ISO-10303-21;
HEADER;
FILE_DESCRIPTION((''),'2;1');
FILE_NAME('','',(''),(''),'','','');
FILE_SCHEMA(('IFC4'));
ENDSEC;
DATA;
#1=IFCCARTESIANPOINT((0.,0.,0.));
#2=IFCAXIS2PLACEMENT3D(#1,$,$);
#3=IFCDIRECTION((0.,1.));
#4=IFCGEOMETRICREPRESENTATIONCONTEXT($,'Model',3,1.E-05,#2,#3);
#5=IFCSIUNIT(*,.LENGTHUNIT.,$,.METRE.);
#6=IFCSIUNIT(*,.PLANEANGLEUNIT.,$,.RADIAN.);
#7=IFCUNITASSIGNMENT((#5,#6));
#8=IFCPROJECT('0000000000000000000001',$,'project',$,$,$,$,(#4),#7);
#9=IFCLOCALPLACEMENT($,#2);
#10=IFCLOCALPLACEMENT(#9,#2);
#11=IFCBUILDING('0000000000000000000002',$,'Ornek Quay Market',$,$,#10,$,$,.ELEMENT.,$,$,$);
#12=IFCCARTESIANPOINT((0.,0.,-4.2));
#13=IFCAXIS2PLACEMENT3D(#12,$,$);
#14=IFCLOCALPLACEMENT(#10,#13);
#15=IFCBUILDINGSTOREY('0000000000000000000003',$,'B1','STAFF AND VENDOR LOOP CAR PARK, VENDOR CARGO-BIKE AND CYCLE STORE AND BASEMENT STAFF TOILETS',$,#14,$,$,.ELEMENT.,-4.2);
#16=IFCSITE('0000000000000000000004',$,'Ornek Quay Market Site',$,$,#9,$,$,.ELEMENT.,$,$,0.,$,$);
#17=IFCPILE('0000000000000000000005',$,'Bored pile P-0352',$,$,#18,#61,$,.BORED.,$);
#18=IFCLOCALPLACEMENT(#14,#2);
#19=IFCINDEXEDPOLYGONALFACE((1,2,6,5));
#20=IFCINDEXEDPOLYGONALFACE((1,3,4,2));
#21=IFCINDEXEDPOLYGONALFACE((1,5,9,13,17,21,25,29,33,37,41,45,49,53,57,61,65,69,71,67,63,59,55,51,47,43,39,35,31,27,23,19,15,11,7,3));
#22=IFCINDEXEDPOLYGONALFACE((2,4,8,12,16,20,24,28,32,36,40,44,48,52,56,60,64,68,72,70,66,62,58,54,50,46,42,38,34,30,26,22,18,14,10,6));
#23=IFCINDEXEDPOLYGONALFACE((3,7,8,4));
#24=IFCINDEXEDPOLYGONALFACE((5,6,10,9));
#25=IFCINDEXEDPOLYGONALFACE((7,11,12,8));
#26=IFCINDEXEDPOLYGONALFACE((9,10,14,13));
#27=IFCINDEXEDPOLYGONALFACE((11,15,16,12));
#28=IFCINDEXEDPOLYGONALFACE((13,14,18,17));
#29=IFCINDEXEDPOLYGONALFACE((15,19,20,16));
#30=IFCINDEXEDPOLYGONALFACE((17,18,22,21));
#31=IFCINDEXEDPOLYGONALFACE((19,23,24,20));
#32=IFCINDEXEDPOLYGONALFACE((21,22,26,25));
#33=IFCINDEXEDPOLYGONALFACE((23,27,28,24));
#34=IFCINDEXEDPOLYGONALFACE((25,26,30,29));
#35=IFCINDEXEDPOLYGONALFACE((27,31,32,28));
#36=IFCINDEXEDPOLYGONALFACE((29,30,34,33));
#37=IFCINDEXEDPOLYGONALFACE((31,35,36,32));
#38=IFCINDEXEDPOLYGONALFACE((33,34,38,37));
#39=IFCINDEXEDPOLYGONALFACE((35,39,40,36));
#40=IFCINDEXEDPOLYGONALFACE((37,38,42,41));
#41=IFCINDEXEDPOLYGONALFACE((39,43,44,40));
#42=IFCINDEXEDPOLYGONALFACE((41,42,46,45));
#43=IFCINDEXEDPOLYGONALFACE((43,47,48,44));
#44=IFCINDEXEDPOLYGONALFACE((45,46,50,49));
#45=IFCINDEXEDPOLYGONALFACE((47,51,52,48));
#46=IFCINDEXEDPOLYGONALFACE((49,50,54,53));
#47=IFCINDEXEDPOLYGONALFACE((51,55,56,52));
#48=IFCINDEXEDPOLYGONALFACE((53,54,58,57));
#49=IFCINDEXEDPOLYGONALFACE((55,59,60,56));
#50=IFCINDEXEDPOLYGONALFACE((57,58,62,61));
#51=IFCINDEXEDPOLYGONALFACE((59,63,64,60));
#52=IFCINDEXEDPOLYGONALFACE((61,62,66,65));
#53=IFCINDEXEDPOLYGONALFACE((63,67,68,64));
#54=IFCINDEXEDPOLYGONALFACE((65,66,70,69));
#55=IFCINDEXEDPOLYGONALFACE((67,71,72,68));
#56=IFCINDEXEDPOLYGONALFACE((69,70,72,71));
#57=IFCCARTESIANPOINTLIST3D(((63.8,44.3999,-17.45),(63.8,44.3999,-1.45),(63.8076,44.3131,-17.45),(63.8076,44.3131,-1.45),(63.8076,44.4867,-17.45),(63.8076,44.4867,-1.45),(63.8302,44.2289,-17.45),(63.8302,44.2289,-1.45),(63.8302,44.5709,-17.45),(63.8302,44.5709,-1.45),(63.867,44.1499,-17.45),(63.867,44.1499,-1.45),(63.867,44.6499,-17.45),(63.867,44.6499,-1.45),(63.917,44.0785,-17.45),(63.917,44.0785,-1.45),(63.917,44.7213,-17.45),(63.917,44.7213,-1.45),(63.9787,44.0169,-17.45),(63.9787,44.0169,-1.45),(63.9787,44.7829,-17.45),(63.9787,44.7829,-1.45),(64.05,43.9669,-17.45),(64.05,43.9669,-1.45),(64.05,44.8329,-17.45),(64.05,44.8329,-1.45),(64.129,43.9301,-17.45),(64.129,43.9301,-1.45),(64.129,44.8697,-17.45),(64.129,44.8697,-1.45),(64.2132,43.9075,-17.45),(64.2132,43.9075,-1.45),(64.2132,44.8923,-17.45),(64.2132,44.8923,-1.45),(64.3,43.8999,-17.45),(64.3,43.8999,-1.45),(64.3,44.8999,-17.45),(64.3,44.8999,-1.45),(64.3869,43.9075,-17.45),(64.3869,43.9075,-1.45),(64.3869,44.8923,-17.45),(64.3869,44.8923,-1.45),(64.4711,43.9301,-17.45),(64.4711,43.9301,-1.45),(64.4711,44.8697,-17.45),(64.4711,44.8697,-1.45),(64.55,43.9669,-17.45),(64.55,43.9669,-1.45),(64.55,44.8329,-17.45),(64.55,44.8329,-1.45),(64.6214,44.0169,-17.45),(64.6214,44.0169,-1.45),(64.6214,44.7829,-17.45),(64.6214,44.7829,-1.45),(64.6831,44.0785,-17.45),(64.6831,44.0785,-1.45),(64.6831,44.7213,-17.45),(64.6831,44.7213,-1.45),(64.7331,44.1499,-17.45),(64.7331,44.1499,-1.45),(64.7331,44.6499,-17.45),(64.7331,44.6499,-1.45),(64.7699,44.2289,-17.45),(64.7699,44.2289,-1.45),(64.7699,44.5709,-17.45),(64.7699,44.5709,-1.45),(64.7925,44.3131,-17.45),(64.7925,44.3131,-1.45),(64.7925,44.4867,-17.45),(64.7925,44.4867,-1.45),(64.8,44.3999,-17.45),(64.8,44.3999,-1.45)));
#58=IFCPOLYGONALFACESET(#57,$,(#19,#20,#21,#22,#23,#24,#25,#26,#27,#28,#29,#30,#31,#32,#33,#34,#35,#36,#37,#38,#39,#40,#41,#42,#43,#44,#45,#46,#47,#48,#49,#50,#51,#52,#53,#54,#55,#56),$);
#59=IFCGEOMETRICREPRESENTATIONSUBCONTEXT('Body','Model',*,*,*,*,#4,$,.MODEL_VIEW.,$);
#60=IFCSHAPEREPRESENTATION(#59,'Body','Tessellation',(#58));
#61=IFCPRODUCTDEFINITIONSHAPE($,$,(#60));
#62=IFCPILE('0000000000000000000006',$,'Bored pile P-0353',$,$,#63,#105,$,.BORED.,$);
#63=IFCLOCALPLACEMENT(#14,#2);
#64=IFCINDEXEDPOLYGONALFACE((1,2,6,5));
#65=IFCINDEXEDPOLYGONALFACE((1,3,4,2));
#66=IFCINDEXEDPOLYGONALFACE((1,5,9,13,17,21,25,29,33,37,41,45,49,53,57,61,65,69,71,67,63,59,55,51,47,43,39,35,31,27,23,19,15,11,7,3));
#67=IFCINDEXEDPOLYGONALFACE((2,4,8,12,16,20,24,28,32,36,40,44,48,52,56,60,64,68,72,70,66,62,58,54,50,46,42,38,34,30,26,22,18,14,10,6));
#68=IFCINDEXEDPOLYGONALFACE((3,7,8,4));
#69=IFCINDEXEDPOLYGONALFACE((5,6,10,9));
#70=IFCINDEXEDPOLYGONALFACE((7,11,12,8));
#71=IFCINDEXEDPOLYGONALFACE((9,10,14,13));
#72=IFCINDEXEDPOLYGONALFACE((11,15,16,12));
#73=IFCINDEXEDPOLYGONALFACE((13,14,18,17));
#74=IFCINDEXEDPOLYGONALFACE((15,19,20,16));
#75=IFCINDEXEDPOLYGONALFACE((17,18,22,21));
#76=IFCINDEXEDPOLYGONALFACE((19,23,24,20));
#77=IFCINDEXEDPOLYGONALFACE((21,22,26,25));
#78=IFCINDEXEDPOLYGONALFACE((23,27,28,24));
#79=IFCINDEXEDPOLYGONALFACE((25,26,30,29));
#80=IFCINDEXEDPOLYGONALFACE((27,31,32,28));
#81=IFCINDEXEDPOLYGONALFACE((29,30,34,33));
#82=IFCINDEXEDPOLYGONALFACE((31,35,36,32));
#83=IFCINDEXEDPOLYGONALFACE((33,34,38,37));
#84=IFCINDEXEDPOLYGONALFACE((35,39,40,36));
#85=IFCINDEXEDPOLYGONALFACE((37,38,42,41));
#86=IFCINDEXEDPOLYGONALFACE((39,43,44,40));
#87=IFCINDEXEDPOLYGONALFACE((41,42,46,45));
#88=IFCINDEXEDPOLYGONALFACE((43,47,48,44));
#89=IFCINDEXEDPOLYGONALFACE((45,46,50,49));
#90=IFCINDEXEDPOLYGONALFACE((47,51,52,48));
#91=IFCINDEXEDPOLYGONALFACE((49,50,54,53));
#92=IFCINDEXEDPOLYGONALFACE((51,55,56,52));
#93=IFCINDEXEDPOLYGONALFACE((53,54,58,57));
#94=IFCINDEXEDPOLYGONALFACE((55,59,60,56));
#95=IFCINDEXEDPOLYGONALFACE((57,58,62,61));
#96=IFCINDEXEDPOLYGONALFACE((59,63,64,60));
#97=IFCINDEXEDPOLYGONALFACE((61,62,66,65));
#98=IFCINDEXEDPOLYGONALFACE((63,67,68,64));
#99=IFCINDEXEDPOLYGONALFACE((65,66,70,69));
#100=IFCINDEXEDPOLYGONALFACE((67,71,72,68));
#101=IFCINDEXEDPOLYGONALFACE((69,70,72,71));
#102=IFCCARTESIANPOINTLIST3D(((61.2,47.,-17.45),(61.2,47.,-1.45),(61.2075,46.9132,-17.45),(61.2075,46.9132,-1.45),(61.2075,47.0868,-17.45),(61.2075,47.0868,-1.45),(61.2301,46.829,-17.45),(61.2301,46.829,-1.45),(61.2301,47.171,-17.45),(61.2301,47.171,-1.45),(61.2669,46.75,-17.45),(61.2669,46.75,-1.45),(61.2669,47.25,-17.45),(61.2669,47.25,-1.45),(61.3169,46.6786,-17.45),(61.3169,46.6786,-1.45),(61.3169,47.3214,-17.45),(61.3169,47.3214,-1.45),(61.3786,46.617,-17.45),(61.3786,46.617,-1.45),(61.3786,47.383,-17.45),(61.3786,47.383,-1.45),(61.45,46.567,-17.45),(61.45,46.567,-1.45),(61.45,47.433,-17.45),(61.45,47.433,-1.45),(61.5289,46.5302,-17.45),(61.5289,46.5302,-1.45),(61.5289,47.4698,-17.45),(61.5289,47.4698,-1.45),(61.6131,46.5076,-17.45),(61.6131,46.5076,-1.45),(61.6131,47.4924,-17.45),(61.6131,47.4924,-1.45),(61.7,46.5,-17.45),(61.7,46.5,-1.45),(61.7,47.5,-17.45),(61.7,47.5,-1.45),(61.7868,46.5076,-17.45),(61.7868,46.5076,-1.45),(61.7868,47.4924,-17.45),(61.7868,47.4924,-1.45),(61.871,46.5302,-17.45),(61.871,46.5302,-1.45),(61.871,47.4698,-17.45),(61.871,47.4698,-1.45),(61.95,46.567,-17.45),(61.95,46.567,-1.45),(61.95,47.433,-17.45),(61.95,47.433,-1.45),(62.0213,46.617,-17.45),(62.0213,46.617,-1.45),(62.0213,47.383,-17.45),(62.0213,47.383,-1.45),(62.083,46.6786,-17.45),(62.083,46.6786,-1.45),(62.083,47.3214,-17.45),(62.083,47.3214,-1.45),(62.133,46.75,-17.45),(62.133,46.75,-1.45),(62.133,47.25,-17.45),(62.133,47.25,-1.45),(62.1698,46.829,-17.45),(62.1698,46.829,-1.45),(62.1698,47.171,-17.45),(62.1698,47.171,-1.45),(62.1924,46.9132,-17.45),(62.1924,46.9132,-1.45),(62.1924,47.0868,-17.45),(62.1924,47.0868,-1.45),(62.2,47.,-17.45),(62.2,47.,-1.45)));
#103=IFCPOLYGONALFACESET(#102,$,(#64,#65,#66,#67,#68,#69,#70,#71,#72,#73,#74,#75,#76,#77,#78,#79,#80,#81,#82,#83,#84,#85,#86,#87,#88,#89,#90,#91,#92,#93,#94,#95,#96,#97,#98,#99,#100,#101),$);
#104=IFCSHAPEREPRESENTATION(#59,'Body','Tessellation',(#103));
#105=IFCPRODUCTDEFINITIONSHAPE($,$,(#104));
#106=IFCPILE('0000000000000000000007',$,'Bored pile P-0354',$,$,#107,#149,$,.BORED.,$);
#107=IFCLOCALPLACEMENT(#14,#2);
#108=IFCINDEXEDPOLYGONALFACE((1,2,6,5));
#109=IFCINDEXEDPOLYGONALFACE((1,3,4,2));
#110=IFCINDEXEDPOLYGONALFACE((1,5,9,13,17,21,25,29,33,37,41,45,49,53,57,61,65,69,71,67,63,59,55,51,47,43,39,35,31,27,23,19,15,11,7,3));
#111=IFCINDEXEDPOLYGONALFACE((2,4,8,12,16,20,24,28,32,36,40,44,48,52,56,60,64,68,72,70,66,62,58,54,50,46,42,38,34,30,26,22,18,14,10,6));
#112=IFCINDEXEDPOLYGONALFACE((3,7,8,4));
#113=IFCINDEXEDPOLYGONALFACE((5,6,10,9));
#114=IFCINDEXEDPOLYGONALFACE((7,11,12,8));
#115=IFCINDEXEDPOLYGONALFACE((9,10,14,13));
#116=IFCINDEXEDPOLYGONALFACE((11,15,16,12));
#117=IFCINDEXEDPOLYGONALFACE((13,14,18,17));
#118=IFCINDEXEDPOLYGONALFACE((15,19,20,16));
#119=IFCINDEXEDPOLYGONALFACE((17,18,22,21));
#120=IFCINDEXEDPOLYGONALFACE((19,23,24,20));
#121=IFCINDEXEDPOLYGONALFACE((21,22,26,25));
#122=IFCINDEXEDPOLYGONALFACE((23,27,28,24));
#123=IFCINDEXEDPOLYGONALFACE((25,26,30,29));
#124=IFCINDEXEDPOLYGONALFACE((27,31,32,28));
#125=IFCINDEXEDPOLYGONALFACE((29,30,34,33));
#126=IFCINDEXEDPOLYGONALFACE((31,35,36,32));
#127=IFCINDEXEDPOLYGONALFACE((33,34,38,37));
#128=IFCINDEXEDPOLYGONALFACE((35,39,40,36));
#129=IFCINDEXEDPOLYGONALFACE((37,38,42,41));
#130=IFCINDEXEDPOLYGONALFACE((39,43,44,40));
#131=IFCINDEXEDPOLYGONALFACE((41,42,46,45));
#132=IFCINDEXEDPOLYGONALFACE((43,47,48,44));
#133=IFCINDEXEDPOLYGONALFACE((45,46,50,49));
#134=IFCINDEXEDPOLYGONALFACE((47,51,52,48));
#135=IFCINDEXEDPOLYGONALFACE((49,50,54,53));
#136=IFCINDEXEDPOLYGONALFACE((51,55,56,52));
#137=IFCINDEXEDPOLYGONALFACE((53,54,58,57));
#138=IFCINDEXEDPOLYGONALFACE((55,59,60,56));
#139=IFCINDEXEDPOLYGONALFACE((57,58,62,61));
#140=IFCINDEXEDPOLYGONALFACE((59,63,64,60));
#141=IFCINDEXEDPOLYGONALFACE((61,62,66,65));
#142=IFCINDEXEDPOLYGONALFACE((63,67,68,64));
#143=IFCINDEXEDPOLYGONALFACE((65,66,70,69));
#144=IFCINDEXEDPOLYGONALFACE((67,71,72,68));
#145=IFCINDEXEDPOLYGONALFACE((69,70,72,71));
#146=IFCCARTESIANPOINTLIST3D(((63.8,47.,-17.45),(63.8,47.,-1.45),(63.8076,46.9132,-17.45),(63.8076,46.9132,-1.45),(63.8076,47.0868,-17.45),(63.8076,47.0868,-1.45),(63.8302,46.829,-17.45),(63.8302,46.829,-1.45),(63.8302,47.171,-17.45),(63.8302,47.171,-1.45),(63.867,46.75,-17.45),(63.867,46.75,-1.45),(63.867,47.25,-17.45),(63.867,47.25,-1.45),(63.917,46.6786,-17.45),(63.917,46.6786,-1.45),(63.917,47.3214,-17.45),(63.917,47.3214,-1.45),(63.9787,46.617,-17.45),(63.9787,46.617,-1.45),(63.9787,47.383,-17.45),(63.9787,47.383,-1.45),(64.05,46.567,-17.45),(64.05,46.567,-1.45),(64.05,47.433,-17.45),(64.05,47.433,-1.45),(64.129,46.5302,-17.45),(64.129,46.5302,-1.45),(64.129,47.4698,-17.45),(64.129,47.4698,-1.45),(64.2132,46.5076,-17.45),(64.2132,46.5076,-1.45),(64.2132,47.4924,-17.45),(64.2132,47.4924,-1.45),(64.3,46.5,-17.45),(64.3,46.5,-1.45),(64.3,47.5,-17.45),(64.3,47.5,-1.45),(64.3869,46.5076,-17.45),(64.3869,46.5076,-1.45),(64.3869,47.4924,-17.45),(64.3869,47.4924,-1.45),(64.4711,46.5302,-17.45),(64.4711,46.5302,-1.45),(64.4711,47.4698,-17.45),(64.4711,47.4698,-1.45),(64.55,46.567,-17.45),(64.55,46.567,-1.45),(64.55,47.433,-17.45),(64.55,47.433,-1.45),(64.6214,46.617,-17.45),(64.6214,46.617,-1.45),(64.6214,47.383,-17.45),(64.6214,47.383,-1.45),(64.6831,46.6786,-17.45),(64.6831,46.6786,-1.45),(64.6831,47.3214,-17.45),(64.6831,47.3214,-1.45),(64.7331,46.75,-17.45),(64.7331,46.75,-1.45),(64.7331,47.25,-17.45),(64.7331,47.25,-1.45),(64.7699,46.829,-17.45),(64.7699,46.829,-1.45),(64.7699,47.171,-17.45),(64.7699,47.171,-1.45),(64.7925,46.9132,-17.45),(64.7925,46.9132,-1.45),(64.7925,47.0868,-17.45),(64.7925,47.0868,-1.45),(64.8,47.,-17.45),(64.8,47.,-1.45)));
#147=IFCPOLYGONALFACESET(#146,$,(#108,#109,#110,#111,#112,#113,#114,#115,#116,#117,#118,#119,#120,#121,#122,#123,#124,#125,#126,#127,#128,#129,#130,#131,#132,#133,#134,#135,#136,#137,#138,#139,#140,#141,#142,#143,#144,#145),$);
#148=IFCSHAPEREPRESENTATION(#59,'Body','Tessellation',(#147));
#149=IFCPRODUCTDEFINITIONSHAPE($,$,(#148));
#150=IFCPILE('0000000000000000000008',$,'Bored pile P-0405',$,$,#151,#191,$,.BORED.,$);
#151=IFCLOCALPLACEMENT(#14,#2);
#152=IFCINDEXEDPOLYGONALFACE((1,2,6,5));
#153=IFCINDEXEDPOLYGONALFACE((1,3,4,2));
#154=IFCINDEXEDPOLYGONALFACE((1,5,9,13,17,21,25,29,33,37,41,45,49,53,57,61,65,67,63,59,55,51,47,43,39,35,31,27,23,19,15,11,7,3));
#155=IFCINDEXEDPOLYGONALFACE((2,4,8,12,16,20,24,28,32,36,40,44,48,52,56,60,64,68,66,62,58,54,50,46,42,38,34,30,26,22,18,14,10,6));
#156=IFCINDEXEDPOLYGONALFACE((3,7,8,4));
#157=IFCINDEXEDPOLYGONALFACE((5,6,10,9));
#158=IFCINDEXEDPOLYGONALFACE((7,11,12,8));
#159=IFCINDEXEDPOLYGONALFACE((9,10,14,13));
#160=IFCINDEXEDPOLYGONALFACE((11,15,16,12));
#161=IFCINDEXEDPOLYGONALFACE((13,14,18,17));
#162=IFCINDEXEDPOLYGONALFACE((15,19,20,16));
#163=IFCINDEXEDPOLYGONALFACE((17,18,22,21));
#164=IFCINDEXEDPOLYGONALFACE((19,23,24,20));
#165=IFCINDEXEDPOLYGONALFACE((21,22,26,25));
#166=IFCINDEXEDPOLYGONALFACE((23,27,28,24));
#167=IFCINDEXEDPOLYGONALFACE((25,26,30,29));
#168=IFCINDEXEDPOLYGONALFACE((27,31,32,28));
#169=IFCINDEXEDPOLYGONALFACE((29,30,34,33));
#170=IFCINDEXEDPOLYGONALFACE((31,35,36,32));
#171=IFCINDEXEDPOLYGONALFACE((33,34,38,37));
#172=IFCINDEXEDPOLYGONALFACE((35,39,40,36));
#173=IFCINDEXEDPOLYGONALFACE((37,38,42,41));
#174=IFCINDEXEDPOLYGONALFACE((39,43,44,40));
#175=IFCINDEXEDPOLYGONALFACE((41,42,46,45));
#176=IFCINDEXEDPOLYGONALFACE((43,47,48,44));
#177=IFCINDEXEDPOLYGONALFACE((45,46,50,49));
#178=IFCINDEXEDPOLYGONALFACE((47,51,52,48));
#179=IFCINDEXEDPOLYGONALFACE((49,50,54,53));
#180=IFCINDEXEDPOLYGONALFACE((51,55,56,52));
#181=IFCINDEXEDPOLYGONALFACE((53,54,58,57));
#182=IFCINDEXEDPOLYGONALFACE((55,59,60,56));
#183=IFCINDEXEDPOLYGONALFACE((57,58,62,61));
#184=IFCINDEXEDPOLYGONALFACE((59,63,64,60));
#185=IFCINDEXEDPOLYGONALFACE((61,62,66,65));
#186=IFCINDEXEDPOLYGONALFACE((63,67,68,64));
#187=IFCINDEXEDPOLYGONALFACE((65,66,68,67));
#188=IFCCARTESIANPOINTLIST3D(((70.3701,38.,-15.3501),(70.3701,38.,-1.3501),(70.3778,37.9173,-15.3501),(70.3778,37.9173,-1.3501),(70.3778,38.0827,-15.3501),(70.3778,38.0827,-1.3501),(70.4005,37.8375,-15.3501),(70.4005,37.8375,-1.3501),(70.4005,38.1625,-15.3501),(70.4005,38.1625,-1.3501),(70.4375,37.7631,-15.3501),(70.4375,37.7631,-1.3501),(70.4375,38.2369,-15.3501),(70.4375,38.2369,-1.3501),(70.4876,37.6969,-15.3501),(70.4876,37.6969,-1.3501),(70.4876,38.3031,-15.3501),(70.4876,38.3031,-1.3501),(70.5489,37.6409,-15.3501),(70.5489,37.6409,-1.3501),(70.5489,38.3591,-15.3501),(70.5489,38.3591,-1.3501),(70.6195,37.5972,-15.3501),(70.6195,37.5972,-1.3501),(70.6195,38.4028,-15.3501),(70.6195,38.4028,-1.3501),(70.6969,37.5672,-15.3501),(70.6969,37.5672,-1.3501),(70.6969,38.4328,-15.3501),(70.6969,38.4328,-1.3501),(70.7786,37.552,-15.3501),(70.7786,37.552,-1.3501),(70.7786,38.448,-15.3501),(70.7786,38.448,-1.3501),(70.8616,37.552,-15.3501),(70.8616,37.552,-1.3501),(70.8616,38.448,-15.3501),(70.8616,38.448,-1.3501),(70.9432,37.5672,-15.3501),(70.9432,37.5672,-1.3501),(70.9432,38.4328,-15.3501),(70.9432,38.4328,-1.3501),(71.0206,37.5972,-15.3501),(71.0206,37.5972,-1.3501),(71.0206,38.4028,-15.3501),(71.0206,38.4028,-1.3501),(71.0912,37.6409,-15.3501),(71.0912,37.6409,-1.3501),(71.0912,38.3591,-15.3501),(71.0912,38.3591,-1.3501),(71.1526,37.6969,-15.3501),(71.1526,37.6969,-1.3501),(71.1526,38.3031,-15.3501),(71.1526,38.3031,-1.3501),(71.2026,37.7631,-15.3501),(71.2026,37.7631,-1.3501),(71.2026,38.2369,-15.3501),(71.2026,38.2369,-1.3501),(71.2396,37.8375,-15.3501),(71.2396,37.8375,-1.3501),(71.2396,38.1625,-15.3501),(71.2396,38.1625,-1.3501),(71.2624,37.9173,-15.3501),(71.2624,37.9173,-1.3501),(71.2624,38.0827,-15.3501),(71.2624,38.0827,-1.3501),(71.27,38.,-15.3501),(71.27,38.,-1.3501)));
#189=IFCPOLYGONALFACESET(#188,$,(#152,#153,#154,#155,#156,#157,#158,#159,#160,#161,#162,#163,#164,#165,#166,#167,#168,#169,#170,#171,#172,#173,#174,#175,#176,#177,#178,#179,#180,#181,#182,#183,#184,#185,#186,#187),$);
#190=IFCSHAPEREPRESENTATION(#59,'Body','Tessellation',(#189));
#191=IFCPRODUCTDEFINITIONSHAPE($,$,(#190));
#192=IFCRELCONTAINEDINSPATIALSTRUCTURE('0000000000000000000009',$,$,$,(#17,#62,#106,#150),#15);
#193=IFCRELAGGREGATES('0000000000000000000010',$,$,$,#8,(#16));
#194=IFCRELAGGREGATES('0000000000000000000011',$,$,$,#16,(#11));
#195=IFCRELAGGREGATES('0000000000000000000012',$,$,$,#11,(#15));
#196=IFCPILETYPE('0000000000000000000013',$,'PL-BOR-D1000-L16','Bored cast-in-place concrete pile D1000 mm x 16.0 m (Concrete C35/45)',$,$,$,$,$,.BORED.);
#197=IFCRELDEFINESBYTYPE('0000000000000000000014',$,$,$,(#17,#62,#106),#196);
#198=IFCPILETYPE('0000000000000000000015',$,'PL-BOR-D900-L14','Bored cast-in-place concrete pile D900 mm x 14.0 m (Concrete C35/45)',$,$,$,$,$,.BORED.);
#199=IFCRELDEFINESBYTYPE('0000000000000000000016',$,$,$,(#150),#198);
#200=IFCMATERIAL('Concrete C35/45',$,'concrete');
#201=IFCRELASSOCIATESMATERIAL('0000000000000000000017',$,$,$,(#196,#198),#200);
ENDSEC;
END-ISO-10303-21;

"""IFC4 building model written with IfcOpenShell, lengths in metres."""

from ifc_helpers import new_model, si_unit, direction, frame, origin, origin_2d, place, context, subcontext, project, spatial, circle, extrude, material, material_profile, profile_set, type_object, element, save


model = new_model("IFC4")

# Units and contexts
model_context = context("Model", 3, precision=1e-05, world=origin(), true_north=direction((0.0, 1.0)))
body_context = subcontext(model_context, "Body", "Model", "MODEL_VIEW")
ifc_project = project(units=[si_unit("LENGTHUNIT", "METRE"), si_unit("PLANEANGLEUNIT", "RADIAN")], contexts=[model_context])

# Site, building, storey
site_placement = place(None, origin())
site = spatial("IfcSite", under=ifc_project, at=site_placement, Name="Ornek Quay Market Site", CompositionType="ELEMENT", RefElevation=0.0)
building_placement = place(site_placement, origin())
building = spatial("IfcBuilding", under=site, at=building_placement, Name="Ornek Quay Market", CompositionType="ELEMENT")
storey_placement = place(building_placement, frame((0.0, 0.0, -4.2)))
storey = spatial("IfcBuildingStorey", under=building, at=storey_placement, Name="B1", Description="STAFF AND VENDOR LOOP CAR PARK, VENDOR CARGO-BIKE AND CYCLE STORE AND BASEMENT STAFF TOILETS", CompositionType="ELEMENT", Elevation=-4.2)

# Piles
ifc_material_1 = material(Name="Concrete C35/45", Category="concrete")
ifc_material_profile_1 = material_profile(ifc_material_1, circle(Radius=0.5, at=origin_2d()), Name="PILE D1000", Category="concrete")
ifc_profile_set_1 = profile_set([ifc_material_profile_1], Name="Concrete C35/45")
pile_type_1 = type_object("IfcPileType", Name="PL-BOR-D1000-L16", Description="Bored cast-in-place concrete pile D1000 mm x 16.0 m (Concrete C35/45)", PredefinedType="BORED", material=ifc_profile_set_1)
for number, where, z_axis, x_axis, name in (
    (1, (64.3, 44.3999, -1.45), (0.0, 0.0, -1.0), (1.0, 0.0, 0.0), "Bored pile P-0352"),
    (2, (61.7, 47.0, -1.45), (0.0, 0.0, -1.0), (1.0, 0.0, 0.0), "Bored pile P-0353"),
    (3, (64.3, 47.0, -1.45), (0.0, 0.0, -1.0), (1.0, 0.0, 0.0), "Bored pile P-0354"),
):
    element("IfcPile", number, at=place(storey_placement, frame(where, z_axis=z_axis, x_axis=x_axis)), inside=storey, type_object=pile_type_1, Name=name, PredefinedType="BORED", context=body_context, shape_type="SweptSolid", body=[
        extrude(circle(Radius=0.5, at=origin_2d()), origin(), (0.0, 0.0, 1.0), 16.0),
    ])
ifc_material_profile_2 = material_profile(ifc_material_1, circle(Radius=0.45, at=origin_2d()), Name="PILE D900", Category="concrete")
ifc_profile_set_2 = profile_set([ifc_material_profile_2], Name="Concrete C35/45")
pile_type_2 = type_object("IfcPileType", Name="PL-BOR-D900-L14", Description="Bored cast-in-place concrete pile D900 mm x 14.0 m (Concrete C35/45)", PredefinedType="BORED", material=ifc_profile_set_2)
for number, where, z_axis, x_axis, name in (
    (4, (70.8201, 38.0, -1.3501), (0.0, 0.0, -1.0), (1.0, 0.0, 0.0), "Bored pile P-0405"),
):
    element("IfcPile", number, at=place(storey_placement, frame(where, z_axis=z_axis, x_axis=x_axis)), inside=storey, type_object=pile_type_2, Name=name, PredefinedType="BORED", context=body_context, shape_type="SweptSolid", body=[
        extrude(circle(Radius=0.45, at=origin_2d()), origin(), (0.0, 0.0, 1.0), 14.0),
    ])

save(model, "model.ifc")
